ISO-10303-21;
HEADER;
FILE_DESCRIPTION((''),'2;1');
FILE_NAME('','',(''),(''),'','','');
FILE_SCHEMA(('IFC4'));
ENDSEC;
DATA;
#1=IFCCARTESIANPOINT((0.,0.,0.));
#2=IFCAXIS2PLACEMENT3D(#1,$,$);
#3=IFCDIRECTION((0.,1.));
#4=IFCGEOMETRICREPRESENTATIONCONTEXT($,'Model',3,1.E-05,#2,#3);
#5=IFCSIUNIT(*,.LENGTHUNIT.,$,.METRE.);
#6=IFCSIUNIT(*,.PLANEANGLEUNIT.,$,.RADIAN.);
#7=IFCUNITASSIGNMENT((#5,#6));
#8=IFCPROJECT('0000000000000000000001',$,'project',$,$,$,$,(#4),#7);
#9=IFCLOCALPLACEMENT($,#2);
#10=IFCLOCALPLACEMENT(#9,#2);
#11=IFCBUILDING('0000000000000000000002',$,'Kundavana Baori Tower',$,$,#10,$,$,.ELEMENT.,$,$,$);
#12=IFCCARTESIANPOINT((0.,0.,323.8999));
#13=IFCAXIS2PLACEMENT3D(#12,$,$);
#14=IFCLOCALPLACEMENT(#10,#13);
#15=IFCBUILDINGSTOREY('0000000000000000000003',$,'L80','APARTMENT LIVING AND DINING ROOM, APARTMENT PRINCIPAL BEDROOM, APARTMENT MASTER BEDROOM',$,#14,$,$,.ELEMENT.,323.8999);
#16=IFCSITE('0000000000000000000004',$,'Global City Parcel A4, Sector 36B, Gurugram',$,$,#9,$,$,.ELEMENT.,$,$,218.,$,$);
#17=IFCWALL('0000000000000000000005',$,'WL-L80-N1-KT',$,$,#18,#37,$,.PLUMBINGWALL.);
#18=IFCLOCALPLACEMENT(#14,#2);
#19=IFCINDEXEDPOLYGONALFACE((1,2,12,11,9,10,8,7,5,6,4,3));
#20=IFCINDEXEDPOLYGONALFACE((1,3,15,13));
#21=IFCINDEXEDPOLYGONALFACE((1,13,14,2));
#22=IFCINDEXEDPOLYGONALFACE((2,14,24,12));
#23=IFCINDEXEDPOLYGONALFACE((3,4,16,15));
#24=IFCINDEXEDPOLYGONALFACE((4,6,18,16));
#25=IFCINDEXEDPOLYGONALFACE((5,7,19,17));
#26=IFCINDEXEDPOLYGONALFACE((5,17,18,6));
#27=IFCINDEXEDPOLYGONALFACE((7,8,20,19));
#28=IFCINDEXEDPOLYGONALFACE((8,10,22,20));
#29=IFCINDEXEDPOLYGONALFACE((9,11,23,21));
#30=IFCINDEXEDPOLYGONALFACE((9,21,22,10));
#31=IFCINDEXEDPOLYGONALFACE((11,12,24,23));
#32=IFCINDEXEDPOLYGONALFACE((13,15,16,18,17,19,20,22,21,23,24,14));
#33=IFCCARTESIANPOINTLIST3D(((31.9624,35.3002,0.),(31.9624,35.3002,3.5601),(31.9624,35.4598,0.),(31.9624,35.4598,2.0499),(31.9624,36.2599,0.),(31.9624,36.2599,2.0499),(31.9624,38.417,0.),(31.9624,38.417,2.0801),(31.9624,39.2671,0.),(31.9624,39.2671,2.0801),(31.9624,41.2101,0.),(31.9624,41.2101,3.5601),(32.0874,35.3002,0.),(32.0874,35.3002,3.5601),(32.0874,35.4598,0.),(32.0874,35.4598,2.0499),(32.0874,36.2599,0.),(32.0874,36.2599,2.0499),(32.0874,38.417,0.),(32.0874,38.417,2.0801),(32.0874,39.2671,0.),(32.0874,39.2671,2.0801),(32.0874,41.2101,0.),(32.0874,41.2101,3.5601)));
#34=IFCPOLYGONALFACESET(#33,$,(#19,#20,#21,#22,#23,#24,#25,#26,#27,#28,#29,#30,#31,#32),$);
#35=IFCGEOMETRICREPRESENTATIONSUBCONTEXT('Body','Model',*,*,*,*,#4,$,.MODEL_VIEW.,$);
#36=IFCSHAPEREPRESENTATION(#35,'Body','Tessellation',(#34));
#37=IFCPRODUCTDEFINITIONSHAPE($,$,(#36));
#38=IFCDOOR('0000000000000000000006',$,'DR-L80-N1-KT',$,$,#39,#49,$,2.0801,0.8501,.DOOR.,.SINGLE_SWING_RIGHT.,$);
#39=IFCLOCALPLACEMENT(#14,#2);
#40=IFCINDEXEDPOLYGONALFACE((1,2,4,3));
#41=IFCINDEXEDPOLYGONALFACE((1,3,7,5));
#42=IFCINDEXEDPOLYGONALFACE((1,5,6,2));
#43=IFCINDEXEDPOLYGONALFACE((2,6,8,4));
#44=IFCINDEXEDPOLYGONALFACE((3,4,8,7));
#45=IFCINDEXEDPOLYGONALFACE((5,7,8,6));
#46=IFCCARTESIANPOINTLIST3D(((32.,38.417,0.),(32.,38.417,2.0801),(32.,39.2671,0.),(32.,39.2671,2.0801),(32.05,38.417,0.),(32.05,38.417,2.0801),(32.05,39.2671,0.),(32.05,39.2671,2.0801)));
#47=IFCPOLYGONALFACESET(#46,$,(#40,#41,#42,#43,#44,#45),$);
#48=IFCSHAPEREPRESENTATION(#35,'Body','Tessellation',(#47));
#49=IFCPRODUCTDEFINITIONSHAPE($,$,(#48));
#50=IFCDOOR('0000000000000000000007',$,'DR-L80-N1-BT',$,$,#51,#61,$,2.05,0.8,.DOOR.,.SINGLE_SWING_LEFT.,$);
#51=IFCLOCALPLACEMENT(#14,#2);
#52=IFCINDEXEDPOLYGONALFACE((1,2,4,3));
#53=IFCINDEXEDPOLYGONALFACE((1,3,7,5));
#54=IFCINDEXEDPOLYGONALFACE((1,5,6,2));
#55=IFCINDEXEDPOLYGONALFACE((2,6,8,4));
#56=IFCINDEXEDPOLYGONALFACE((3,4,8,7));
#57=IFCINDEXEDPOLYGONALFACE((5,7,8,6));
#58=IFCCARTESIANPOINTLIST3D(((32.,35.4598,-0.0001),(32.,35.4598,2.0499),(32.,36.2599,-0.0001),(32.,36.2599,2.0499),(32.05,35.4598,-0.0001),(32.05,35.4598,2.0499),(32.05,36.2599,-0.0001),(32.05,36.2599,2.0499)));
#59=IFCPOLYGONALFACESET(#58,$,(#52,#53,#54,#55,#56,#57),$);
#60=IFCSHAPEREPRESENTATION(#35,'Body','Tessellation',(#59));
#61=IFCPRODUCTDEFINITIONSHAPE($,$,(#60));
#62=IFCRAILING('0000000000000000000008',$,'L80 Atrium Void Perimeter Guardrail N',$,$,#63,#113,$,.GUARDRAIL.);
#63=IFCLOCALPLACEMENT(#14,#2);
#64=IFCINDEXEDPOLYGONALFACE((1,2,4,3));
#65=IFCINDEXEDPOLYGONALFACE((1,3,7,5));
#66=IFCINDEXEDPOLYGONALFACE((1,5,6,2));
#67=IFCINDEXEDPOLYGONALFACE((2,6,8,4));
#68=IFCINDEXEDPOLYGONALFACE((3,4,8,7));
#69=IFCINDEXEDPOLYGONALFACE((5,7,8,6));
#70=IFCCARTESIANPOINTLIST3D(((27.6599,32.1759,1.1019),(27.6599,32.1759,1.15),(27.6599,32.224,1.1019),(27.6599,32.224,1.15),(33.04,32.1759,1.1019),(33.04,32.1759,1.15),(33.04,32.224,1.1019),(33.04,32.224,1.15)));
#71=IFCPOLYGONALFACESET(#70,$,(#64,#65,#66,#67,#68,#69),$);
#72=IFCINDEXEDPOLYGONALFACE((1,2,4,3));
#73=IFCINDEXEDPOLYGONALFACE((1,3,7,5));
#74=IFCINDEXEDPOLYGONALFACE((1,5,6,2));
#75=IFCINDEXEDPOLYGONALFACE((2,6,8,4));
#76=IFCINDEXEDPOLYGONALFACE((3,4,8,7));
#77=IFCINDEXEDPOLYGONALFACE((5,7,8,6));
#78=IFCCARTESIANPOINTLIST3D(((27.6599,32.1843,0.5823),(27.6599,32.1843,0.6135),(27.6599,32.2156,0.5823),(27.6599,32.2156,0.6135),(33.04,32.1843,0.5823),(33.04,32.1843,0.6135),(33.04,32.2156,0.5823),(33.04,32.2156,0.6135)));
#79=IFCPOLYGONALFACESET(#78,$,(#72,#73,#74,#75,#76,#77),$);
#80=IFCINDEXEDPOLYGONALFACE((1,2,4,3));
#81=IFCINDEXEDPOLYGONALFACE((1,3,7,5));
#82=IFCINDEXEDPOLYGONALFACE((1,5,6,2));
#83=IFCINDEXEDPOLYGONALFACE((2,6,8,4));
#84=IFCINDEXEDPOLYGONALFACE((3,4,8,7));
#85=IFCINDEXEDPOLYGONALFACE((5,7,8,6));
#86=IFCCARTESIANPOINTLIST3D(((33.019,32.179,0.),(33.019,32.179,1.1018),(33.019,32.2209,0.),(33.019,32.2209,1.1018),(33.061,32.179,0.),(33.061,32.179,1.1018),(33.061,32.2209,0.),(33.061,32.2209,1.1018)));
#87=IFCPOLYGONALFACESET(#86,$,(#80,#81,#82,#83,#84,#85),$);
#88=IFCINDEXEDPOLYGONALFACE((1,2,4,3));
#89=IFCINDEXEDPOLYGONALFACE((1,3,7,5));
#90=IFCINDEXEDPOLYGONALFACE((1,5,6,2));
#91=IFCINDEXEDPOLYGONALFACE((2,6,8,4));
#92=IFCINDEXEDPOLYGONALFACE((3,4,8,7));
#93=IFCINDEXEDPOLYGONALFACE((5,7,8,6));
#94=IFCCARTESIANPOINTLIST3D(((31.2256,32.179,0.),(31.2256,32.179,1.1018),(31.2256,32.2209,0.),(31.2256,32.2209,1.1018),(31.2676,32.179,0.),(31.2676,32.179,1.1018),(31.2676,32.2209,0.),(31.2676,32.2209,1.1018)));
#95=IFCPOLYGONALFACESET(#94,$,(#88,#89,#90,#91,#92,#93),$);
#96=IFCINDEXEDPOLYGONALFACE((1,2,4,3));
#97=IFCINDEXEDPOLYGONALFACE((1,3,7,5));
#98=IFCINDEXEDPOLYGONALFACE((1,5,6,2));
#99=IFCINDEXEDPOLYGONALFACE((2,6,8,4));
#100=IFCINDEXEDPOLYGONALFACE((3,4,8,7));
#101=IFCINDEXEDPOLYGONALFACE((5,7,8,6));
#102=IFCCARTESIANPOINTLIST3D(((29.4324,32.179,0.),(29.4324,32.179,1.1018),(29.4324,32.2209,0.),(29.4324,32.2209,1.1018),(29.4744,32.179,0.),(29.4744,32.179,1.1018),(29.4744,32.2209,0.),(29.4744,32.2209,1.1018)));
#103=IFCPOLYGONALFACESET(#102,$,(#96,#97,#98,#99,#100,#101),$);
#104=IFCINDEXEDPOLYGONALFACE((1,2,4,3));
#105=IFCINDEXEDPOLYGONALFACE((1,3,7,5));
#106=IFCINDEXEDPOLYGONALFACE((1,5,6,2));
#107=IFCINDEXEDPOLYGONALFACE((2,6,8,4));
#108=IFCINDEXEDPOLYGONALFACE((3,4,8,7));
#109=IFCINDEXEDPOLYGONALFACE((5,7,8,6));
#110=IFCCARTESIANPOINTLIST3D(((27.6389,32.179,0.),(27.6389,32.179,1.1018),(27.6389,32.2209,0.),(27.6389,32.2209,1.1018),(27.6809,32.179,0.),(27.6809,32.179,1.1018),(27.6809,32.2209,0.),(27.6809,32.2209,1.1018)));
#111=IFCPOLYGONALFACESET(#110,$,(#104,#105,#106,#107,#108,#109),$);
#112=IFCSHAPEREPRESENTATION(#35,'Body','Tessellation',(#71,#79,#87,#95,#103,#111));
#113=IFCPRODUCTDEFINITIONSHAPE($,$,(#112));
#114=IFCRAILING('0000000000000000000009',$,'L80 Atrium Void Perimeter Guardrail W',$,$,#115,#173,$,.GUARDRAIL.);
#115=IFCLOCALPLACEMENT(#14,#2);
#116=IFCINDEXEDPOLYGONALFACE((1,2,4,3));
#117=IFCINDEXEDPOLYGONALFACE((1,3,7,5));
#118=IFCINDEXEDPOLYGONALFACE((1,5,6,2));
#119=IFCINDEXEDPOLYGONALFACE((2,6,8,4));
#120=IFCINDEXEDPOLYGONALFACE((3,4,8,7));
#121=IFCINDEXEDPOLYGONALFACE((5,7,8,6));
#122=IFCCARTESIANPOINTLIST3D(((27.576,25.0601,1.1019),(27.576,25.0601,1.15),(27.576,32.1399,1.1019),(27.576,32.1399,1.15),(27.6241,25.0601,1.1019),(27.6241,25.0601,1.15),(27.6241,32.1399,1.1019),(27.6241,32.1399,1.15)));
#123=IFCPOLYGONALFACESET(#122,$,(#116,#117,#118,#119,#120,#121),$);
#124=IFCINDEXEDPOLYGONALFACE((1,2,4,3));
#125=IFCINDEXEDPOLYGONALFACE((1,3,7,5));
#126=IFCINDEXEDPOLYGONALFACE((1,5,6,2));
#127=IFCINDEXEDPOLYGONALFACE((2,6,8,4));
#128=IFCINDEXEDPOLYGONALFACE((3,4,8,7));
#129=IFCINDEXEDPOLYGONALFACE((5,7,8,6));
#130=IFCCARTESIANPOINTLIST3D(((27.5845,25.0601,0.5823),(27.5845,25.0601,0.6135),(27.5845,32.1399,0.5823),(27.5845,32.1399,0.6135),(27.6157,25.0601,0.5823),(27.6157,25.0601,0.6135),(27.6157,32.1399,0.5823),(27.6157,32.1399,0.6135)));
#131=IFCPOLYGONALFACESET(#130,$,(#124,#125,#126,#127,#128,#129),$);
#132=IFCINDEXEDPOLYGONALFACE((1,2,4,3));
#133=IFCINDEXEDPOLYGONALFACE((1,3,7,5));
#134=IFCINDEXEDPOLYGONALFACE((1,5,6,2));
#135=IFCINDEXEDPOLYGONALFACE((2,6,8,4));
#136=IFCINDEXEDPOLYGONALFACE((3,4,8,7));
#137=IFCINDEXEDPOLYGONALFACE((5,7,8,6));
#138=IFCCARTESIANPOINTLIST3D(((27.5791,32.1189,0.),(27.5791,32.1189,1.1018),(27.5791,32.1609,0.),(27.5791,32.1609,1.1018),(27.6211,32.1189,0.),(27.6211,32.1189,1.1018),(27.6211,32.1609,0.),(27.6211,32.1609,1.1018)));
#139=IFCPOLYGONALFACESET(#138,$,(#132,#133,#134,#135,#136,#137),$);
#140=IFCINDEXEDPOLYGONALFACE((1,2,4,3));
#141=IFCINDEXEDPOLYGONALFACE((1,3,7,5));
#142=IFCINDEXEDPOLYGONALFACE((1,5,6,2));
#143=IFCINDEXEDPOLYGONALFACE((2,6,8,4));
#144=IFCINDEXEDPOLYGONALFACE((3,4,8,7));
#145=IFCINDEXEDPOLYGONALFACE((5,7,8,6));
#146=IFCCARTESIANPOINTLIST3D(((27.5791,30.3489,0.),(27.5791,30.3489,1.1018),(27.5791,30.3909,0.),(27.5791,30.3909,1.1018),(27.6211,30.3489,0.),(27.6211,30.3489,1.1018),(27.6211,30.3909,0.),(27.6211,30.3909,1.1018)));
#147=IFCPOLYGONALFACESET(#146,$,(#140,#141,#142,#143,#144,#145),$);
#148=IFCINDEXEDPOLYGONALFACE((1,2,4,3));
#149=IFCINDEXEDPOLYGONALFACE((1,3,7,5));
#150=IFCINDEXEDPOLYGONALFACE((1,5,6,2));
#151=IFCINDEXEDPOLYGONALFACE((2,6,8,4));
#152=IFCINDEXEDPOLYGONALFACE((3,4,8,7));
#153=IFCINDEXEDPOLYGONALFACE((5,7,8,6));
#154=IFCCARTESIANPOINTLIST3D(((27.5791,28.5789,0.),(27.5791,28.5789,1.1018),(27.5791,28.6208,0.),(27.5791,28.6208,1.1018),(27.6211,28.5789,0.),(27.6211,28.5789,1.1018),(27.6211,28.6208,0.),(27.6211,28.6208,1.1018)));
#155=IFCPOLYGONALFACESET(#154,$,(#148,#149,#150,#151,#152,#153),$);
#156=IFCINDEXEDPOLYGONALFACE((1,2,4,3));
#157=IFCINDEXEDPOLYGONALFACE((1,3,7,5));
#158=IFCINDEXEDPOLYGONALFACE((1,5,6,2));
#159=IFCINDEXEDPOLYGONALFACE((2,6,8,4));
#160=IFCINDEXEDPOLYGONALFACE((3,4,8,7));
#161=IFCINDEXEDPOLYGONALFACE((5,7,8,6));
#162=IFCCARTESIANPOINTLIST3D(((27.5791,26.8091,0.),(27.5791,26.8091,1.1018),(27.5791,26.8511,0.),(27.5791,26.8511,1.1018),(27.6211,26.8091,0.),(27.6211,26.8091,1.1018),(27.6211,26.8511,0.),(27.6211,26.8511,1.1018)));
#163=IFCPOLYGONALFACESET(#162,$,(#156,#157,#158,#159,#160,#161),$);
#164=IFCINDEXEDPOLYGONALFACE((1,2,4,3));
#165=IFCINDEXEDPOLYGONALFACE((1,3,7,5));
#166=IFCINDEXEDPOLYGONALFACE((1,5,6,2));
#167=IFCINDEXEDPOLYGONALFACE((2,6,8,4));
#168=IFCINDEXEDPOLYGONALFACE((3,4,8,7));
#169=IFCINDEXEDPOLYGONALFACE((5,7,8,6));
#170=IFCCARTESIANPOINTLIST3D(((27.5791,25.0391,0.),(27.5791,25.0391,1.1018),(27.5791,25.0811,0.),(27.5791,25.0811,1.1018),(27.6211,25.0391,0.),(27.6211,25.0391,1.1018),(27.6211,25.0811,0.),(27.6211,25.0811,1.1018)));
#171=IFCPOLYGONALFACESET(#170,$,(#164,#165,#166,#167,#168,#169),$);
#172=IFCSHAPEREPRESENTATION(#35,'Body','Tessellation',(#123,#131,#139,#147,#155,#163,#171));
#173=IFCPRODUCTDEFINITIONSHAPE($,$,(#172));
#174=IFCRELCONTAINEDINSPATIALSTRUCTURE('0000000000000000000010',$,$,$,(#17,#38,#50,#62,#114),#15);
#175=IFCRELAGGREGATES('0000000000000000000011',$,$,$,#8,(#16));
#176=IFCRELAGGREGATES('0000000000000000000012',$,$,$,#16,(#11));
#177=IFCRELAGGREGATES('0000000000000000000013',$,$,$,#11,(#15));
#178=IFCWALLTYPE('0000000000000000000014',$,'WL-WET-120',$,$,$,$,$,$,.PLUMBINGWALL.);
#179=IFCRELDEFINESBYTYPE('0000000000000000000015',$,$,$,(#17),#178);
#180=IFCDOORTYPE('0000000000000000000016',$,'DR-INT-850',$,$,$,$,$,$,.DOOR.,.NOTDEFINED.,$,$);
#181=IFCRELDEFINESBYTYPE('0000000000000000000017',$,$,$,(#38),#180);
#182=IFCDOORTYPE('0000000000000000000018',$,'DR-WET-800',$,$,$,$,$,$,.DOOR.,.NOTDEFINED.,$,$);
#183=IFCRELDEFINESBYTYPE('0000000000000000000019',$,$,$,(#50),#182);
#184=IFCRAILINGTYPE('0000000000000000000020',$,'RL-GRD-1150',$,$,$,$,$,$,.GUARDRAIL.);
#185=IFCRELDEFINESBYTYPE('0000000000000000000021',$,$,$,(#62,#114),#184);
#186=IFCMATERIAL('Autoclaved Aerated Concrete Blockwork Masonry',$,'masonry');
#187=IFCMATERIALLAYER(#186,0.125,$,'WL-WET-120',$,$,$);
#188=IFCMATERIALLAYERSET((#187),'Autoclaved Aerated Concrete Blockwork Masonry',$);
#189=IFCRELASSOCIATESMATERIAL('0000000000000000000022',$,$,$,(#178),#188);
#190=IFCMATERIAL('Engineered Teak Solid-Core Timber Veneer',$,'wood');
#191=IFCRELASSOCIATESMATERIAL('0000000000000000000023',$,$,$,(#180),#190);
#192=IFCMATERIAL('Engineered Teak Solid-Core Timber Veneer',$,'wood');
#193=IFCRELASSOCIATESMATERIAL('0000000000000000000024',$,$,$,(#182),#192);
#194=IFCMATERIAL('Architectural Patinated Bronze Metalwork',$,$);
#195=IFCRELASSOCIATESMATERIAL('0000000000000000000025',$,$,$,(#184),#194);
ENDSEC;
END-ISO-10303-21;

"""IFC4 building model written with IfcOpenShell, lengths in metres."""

from ifc_helpers import new_model, si_unit, direction, frame, frame_2d, origin, origin_2d, place, context, subcontext, project, spatial, rectangle, extrude, material, layer, layer_set, type_object, element, fill, save


model = new_model("IFC4")

# Units and contexts
model_context = context("Model", 3, precision=1e-05, world=origin(), true_north=direction((0.0, 1.0)))
body_context = subcontext(model_context, "Body", "Model", "MODEL_VIEW")
ifc_project = project(units=[si_unit("LENGTHUNIT", "METRE"), si_unit("PLANEANGLEUNIT", "RADIAN")], contexts=[model_context])

# Site, building, storey
site_placement = place(None, origin())
site = spatial("IfcSite", under=ifc_project, at=site_placement, Name="Global City Parcel A4, Sector 36B, Gurugram", CompositionType="ELEMENT", RefElevation=218.0)
building_placement = place(site_placement, origin())
building = spatial("IfcBuilding", under=site, at=building_placement, Name="Kundavana Baori Tower", CompositionType="ELEMENT")
storey_placement = place(building_placement, frame((0.0, 0.0, 323.8999)))
storey = spatial("IfcBuildingStorey", under=building, at=storey_placement, Name="L80", Description="APARTMENT LIVING AND DINING ROOM, APARTMENT PRINCIPAL BEDROOM, APARTMENT MASTER BEDROOM", CompositionType="ELEMENT", Elevation=323.8999)

# Wall, openings, doors
ifc_material_1 = material(Name="Autoclaved Aerated Concrete Blockwork Masonry", Category="masonry")
ifc_layer_1 = layer(ifc_material_1, 0.125, Name="WL-WET-120")
ifc_layer_set_1 = layer_set([ifc_layer_1], Name="Autoclaved Aerated Concrete Blockwork Masonry")
wall_type_1 = type_object("IfcWallType", Name="WL-WET-120", PredefinedType="PLUMBINGWALL", material=ifc_layer_set_1)
wall_1_placement = place(storey_placement, frame((32.0249, 35.3, 0.0), z_axis=(0.0, 0.0, 1.0), x_axis=(0.0, 1.0, 0.0)))
wall_1 = element("IfcWall", 1, at=wall_1_placement, inside=storey, type_object=wall_type_1, Name="WL-L80-N1-KT", PredefinedType="PLUMBINGWALL", context=body_context, shape_type="SweptSolid", body=[
    extrude(rectangle(XDim=5.9099, YDim=0.125, at=frame_2d((2.9551, 0.0))), origin(), (0.0, 0.0, 1.0), 3.5601),
])
opening_1_placement = place(wall_1_placement, frame((0.1599, 0.0, 0.0)))
opening_1 = element("IfcOpeningElement", 2, at=opening_1_placement, cuts=wall_1, PredefinedType="OPENING", context=body_context, shape_type="SweptSolid", body=[
    extrude(rectangle(XDim=0.8, YDim=2.05, at=frame_2d((0.3999, 1.0249))), frame((0.0, 0.0725, 0.0), z_axis=(0.0, -1.0, 0.0), x_axis=(1.0, 0.0, 0.0)), (0.0, 0.0, 1.0), 0.145),
])
opening_2_placement = place(wall_1_placement, frame((3.1169, 0.0, 0.0)))
opening_2 = element("IfcOpeningElement", 3, at=opening_2_placement, cuts=wall_1, PredefinedType="OPENING", context=body_context, shape_type="SweptSolid", body=[
    extrude(rectangle(XDim=0.8501, YDim=2.0801, at=frame_2d((0.425, 1.04))), frame((0.0, 0.0725, 0.0), z_axis=(0.0, -1.0, 0.0), x_axis=(1.0, 0.0, 0.0)), (0.0, 0.0, 1.0), 0.145),
])
ifc_material_2 = material(Name="Engineered Teak Solid-Core Timber Veneer", Category="wood")
door_type_1 = type_object("IfcDoorType", Name="DR-INT-850", OperationType="NOTDEFINED", PredefinedType="DOOR", material=ifc_material_2)
door_1_placement = place(opening_2_placement, origin())
door_1 = element("IfcDoor", 4, at=door_1_placement, inside=storey, type_object=door_type_1, Name="DR-L80-N1-KT", OperationType="SINGLE_SWING_RIGHT", OverallHeight=2.0801, OverallWidth=0.8501, PredefinedType="DOOR", context=body_context, shape_type="SweptSolid", body=[
    extrude(rectangle(XDim=0.8501, YDim=2.0801, at=frame_2d((0.425, 1.04))), frame((0.0, 0.0249, 0.0), z_axis=(0.0, -1.0, 0.0), x_axis=(1.0, 0.0, 0.0)), (0.0, 0.0, 1.0), 0.05),
])
fill(opening_2, door_1)
ifc_material_3 = material(Name="Engineered Teak Solid-Core Timber Veneer", Category="wood")
door_type_2 = type_object("IfcDoorType", Name="DR-WET-800", OperationType="NOTDEFINED", PredefinedType="DOOR", material=ifc_material_3)
door_2_placement = place(opening_1_placement, origin())
door_2 = element("IfcDoor", 5, at=door_2_placement, inside=storey, type_object=door_type_2, Name="DR-L80-N1-BT", OperationType="SINGLE_SWING_LEFT", OverallHeight=2.05, OverallWidth=0.8, PredefinedType="DOOR", context=body_context, shape_type="SweptSolid", body=[
    extrude(rectangle(XDim=0.8, YDim=2.05, at=frame_2d((0.3999, 1.0249))), frame((0.0, 0.0249, 0.0), z_axis=(0.0, -1.0, 0.0), x_axis=(1.0, 0.0, 0.0)), (0.0, 0.0, 1.0), 0.05),
])
fill(opening_1, door_2)

# Railings
ifc_material_4 = material(Name="Architectural Patinated Bronze Metalwork")
railing_type = type_object("IfcRailingType", Name="RL-GRD-1150", PredefinedType="GUARDRAIL", material=ifc_material_4)
railing_1_placement = place(storey_placement, frame((33.04, 32.2, 0.0)))
element("IfcRailing", 6, at=railing_1_placement, inside=storey, type_object=railing_type, Name="L80 Atrium Void Perimeter Guardrail N", PredefinedType="GUARDRAIL", context=body_context, shape_type="SweptSolid", body=[
    extrude(rectangle(XDim=0.0481, YDim=0.0481, at=origin_2d()), frame((0.0, 0.0, 1.126), z_axis=(-1.0, 0.0, 0.0), x_axis=(0.0, -1.0, 0.0)), (0.0, 0.0, 1.0), 5.3801),
    extrude(rectangle(XDim=0.0312, YDim=0.0312, at=origin_2d()), frame((0.0, 0.0, 0.5979), z_axis=(-1.0, 0.0, 0.0), x_axis=(0.0, -1.0, 0.0)), (0.0, 0.0, 1.0), 5.3801),
    extrude(rectangle(XDim=0.042, YDim=0.042, at=origin_2d()), origin(), (0.0, 0.0, 1.0), 1.1018),
    extrude(rectangle(XDim=0.042, YDim=0.042, at=origin_2d()), frame((-1.7935, 0.0, 0.0)), (0.0, 0.0, 1.0), 1.1018),
    extrude(rectangle(XDim=0.042, YDim=0.042, at=origin_2d()), frame((-3.5867, 0.0, 0.0)), (0.0, 0.0, 1.0), 1.1018),
    extrude(rectangle(XDim=0.042, YDim=0.042, at=origin_2d()), frame((-5.3801, 0.0, 0.0)), (0.0, 0.0, 1.0), 1.1018),
])
railing_2_placement = place(storey_placement, frame((27.6001, 32.1399, 0.0)))
element("IfcRailing", 7, at=railing_2_placement, inside=storey, type_object=railing_type, Name="L80 Atrium Void Perimeter Guardrail W", PredefinedType="GUARDRAIL", context=body_context, shape_type="SweptSolid", body=[
    extrude(rectangle(XDim=0.0481, YDim=0.0481, at=origin_2d()), frame((0.0, 0.0, 1.126), z_axis=(0.0, -1.0, 0.0), x_axis=(1.0, 0.0, 0.0)), (0.0, 0.0, 1.0), 7.0798),
    extrude(rectangle(XDim=0.0312, YDim=0.0312, at=origin_2d()), frame((0.0, 0.0, 0.5979), z_axis=(0.0, -1.0, 0.0), x_axis=(1.0, 0.0, 0.0)), (0.0, 0.0, 1.0), 7.0798),
    extrude(rectangle(XDim=0.042, YDim=0.042, at=origin_2d()), origin(), (0.0, 0.0, 1.0), 1.1018),
    extrude(rectangle(XDim=0.042, YDim=0.042, at=origin_2d()), frame((0.0, -1.77, 0.0)), (0.0, 0.0, 1.0), 1.1018),
    extrude(rectangle(XDim=0.042, YDim=0.042, at=origin_2d()), frame((0.0, -3.54, 0.0)), (0.0, 0.0, 1.0), 1.1018),
    extrude(rectangle(XDim=0.042, YDim=0.042, at=origin_2d()), frame((0.0, -5.3098, 0.0)), (0.0, 0.0, 1.0), 1.1018),
    extrude(rectangle(XDim=0.042, YDim=0.042, at=origin_2d()), frame((0.0, -7.0798, 0.0)), (0.0, 0.0, 1.0), 1.1018),
])

save(model, "model.ifc")
